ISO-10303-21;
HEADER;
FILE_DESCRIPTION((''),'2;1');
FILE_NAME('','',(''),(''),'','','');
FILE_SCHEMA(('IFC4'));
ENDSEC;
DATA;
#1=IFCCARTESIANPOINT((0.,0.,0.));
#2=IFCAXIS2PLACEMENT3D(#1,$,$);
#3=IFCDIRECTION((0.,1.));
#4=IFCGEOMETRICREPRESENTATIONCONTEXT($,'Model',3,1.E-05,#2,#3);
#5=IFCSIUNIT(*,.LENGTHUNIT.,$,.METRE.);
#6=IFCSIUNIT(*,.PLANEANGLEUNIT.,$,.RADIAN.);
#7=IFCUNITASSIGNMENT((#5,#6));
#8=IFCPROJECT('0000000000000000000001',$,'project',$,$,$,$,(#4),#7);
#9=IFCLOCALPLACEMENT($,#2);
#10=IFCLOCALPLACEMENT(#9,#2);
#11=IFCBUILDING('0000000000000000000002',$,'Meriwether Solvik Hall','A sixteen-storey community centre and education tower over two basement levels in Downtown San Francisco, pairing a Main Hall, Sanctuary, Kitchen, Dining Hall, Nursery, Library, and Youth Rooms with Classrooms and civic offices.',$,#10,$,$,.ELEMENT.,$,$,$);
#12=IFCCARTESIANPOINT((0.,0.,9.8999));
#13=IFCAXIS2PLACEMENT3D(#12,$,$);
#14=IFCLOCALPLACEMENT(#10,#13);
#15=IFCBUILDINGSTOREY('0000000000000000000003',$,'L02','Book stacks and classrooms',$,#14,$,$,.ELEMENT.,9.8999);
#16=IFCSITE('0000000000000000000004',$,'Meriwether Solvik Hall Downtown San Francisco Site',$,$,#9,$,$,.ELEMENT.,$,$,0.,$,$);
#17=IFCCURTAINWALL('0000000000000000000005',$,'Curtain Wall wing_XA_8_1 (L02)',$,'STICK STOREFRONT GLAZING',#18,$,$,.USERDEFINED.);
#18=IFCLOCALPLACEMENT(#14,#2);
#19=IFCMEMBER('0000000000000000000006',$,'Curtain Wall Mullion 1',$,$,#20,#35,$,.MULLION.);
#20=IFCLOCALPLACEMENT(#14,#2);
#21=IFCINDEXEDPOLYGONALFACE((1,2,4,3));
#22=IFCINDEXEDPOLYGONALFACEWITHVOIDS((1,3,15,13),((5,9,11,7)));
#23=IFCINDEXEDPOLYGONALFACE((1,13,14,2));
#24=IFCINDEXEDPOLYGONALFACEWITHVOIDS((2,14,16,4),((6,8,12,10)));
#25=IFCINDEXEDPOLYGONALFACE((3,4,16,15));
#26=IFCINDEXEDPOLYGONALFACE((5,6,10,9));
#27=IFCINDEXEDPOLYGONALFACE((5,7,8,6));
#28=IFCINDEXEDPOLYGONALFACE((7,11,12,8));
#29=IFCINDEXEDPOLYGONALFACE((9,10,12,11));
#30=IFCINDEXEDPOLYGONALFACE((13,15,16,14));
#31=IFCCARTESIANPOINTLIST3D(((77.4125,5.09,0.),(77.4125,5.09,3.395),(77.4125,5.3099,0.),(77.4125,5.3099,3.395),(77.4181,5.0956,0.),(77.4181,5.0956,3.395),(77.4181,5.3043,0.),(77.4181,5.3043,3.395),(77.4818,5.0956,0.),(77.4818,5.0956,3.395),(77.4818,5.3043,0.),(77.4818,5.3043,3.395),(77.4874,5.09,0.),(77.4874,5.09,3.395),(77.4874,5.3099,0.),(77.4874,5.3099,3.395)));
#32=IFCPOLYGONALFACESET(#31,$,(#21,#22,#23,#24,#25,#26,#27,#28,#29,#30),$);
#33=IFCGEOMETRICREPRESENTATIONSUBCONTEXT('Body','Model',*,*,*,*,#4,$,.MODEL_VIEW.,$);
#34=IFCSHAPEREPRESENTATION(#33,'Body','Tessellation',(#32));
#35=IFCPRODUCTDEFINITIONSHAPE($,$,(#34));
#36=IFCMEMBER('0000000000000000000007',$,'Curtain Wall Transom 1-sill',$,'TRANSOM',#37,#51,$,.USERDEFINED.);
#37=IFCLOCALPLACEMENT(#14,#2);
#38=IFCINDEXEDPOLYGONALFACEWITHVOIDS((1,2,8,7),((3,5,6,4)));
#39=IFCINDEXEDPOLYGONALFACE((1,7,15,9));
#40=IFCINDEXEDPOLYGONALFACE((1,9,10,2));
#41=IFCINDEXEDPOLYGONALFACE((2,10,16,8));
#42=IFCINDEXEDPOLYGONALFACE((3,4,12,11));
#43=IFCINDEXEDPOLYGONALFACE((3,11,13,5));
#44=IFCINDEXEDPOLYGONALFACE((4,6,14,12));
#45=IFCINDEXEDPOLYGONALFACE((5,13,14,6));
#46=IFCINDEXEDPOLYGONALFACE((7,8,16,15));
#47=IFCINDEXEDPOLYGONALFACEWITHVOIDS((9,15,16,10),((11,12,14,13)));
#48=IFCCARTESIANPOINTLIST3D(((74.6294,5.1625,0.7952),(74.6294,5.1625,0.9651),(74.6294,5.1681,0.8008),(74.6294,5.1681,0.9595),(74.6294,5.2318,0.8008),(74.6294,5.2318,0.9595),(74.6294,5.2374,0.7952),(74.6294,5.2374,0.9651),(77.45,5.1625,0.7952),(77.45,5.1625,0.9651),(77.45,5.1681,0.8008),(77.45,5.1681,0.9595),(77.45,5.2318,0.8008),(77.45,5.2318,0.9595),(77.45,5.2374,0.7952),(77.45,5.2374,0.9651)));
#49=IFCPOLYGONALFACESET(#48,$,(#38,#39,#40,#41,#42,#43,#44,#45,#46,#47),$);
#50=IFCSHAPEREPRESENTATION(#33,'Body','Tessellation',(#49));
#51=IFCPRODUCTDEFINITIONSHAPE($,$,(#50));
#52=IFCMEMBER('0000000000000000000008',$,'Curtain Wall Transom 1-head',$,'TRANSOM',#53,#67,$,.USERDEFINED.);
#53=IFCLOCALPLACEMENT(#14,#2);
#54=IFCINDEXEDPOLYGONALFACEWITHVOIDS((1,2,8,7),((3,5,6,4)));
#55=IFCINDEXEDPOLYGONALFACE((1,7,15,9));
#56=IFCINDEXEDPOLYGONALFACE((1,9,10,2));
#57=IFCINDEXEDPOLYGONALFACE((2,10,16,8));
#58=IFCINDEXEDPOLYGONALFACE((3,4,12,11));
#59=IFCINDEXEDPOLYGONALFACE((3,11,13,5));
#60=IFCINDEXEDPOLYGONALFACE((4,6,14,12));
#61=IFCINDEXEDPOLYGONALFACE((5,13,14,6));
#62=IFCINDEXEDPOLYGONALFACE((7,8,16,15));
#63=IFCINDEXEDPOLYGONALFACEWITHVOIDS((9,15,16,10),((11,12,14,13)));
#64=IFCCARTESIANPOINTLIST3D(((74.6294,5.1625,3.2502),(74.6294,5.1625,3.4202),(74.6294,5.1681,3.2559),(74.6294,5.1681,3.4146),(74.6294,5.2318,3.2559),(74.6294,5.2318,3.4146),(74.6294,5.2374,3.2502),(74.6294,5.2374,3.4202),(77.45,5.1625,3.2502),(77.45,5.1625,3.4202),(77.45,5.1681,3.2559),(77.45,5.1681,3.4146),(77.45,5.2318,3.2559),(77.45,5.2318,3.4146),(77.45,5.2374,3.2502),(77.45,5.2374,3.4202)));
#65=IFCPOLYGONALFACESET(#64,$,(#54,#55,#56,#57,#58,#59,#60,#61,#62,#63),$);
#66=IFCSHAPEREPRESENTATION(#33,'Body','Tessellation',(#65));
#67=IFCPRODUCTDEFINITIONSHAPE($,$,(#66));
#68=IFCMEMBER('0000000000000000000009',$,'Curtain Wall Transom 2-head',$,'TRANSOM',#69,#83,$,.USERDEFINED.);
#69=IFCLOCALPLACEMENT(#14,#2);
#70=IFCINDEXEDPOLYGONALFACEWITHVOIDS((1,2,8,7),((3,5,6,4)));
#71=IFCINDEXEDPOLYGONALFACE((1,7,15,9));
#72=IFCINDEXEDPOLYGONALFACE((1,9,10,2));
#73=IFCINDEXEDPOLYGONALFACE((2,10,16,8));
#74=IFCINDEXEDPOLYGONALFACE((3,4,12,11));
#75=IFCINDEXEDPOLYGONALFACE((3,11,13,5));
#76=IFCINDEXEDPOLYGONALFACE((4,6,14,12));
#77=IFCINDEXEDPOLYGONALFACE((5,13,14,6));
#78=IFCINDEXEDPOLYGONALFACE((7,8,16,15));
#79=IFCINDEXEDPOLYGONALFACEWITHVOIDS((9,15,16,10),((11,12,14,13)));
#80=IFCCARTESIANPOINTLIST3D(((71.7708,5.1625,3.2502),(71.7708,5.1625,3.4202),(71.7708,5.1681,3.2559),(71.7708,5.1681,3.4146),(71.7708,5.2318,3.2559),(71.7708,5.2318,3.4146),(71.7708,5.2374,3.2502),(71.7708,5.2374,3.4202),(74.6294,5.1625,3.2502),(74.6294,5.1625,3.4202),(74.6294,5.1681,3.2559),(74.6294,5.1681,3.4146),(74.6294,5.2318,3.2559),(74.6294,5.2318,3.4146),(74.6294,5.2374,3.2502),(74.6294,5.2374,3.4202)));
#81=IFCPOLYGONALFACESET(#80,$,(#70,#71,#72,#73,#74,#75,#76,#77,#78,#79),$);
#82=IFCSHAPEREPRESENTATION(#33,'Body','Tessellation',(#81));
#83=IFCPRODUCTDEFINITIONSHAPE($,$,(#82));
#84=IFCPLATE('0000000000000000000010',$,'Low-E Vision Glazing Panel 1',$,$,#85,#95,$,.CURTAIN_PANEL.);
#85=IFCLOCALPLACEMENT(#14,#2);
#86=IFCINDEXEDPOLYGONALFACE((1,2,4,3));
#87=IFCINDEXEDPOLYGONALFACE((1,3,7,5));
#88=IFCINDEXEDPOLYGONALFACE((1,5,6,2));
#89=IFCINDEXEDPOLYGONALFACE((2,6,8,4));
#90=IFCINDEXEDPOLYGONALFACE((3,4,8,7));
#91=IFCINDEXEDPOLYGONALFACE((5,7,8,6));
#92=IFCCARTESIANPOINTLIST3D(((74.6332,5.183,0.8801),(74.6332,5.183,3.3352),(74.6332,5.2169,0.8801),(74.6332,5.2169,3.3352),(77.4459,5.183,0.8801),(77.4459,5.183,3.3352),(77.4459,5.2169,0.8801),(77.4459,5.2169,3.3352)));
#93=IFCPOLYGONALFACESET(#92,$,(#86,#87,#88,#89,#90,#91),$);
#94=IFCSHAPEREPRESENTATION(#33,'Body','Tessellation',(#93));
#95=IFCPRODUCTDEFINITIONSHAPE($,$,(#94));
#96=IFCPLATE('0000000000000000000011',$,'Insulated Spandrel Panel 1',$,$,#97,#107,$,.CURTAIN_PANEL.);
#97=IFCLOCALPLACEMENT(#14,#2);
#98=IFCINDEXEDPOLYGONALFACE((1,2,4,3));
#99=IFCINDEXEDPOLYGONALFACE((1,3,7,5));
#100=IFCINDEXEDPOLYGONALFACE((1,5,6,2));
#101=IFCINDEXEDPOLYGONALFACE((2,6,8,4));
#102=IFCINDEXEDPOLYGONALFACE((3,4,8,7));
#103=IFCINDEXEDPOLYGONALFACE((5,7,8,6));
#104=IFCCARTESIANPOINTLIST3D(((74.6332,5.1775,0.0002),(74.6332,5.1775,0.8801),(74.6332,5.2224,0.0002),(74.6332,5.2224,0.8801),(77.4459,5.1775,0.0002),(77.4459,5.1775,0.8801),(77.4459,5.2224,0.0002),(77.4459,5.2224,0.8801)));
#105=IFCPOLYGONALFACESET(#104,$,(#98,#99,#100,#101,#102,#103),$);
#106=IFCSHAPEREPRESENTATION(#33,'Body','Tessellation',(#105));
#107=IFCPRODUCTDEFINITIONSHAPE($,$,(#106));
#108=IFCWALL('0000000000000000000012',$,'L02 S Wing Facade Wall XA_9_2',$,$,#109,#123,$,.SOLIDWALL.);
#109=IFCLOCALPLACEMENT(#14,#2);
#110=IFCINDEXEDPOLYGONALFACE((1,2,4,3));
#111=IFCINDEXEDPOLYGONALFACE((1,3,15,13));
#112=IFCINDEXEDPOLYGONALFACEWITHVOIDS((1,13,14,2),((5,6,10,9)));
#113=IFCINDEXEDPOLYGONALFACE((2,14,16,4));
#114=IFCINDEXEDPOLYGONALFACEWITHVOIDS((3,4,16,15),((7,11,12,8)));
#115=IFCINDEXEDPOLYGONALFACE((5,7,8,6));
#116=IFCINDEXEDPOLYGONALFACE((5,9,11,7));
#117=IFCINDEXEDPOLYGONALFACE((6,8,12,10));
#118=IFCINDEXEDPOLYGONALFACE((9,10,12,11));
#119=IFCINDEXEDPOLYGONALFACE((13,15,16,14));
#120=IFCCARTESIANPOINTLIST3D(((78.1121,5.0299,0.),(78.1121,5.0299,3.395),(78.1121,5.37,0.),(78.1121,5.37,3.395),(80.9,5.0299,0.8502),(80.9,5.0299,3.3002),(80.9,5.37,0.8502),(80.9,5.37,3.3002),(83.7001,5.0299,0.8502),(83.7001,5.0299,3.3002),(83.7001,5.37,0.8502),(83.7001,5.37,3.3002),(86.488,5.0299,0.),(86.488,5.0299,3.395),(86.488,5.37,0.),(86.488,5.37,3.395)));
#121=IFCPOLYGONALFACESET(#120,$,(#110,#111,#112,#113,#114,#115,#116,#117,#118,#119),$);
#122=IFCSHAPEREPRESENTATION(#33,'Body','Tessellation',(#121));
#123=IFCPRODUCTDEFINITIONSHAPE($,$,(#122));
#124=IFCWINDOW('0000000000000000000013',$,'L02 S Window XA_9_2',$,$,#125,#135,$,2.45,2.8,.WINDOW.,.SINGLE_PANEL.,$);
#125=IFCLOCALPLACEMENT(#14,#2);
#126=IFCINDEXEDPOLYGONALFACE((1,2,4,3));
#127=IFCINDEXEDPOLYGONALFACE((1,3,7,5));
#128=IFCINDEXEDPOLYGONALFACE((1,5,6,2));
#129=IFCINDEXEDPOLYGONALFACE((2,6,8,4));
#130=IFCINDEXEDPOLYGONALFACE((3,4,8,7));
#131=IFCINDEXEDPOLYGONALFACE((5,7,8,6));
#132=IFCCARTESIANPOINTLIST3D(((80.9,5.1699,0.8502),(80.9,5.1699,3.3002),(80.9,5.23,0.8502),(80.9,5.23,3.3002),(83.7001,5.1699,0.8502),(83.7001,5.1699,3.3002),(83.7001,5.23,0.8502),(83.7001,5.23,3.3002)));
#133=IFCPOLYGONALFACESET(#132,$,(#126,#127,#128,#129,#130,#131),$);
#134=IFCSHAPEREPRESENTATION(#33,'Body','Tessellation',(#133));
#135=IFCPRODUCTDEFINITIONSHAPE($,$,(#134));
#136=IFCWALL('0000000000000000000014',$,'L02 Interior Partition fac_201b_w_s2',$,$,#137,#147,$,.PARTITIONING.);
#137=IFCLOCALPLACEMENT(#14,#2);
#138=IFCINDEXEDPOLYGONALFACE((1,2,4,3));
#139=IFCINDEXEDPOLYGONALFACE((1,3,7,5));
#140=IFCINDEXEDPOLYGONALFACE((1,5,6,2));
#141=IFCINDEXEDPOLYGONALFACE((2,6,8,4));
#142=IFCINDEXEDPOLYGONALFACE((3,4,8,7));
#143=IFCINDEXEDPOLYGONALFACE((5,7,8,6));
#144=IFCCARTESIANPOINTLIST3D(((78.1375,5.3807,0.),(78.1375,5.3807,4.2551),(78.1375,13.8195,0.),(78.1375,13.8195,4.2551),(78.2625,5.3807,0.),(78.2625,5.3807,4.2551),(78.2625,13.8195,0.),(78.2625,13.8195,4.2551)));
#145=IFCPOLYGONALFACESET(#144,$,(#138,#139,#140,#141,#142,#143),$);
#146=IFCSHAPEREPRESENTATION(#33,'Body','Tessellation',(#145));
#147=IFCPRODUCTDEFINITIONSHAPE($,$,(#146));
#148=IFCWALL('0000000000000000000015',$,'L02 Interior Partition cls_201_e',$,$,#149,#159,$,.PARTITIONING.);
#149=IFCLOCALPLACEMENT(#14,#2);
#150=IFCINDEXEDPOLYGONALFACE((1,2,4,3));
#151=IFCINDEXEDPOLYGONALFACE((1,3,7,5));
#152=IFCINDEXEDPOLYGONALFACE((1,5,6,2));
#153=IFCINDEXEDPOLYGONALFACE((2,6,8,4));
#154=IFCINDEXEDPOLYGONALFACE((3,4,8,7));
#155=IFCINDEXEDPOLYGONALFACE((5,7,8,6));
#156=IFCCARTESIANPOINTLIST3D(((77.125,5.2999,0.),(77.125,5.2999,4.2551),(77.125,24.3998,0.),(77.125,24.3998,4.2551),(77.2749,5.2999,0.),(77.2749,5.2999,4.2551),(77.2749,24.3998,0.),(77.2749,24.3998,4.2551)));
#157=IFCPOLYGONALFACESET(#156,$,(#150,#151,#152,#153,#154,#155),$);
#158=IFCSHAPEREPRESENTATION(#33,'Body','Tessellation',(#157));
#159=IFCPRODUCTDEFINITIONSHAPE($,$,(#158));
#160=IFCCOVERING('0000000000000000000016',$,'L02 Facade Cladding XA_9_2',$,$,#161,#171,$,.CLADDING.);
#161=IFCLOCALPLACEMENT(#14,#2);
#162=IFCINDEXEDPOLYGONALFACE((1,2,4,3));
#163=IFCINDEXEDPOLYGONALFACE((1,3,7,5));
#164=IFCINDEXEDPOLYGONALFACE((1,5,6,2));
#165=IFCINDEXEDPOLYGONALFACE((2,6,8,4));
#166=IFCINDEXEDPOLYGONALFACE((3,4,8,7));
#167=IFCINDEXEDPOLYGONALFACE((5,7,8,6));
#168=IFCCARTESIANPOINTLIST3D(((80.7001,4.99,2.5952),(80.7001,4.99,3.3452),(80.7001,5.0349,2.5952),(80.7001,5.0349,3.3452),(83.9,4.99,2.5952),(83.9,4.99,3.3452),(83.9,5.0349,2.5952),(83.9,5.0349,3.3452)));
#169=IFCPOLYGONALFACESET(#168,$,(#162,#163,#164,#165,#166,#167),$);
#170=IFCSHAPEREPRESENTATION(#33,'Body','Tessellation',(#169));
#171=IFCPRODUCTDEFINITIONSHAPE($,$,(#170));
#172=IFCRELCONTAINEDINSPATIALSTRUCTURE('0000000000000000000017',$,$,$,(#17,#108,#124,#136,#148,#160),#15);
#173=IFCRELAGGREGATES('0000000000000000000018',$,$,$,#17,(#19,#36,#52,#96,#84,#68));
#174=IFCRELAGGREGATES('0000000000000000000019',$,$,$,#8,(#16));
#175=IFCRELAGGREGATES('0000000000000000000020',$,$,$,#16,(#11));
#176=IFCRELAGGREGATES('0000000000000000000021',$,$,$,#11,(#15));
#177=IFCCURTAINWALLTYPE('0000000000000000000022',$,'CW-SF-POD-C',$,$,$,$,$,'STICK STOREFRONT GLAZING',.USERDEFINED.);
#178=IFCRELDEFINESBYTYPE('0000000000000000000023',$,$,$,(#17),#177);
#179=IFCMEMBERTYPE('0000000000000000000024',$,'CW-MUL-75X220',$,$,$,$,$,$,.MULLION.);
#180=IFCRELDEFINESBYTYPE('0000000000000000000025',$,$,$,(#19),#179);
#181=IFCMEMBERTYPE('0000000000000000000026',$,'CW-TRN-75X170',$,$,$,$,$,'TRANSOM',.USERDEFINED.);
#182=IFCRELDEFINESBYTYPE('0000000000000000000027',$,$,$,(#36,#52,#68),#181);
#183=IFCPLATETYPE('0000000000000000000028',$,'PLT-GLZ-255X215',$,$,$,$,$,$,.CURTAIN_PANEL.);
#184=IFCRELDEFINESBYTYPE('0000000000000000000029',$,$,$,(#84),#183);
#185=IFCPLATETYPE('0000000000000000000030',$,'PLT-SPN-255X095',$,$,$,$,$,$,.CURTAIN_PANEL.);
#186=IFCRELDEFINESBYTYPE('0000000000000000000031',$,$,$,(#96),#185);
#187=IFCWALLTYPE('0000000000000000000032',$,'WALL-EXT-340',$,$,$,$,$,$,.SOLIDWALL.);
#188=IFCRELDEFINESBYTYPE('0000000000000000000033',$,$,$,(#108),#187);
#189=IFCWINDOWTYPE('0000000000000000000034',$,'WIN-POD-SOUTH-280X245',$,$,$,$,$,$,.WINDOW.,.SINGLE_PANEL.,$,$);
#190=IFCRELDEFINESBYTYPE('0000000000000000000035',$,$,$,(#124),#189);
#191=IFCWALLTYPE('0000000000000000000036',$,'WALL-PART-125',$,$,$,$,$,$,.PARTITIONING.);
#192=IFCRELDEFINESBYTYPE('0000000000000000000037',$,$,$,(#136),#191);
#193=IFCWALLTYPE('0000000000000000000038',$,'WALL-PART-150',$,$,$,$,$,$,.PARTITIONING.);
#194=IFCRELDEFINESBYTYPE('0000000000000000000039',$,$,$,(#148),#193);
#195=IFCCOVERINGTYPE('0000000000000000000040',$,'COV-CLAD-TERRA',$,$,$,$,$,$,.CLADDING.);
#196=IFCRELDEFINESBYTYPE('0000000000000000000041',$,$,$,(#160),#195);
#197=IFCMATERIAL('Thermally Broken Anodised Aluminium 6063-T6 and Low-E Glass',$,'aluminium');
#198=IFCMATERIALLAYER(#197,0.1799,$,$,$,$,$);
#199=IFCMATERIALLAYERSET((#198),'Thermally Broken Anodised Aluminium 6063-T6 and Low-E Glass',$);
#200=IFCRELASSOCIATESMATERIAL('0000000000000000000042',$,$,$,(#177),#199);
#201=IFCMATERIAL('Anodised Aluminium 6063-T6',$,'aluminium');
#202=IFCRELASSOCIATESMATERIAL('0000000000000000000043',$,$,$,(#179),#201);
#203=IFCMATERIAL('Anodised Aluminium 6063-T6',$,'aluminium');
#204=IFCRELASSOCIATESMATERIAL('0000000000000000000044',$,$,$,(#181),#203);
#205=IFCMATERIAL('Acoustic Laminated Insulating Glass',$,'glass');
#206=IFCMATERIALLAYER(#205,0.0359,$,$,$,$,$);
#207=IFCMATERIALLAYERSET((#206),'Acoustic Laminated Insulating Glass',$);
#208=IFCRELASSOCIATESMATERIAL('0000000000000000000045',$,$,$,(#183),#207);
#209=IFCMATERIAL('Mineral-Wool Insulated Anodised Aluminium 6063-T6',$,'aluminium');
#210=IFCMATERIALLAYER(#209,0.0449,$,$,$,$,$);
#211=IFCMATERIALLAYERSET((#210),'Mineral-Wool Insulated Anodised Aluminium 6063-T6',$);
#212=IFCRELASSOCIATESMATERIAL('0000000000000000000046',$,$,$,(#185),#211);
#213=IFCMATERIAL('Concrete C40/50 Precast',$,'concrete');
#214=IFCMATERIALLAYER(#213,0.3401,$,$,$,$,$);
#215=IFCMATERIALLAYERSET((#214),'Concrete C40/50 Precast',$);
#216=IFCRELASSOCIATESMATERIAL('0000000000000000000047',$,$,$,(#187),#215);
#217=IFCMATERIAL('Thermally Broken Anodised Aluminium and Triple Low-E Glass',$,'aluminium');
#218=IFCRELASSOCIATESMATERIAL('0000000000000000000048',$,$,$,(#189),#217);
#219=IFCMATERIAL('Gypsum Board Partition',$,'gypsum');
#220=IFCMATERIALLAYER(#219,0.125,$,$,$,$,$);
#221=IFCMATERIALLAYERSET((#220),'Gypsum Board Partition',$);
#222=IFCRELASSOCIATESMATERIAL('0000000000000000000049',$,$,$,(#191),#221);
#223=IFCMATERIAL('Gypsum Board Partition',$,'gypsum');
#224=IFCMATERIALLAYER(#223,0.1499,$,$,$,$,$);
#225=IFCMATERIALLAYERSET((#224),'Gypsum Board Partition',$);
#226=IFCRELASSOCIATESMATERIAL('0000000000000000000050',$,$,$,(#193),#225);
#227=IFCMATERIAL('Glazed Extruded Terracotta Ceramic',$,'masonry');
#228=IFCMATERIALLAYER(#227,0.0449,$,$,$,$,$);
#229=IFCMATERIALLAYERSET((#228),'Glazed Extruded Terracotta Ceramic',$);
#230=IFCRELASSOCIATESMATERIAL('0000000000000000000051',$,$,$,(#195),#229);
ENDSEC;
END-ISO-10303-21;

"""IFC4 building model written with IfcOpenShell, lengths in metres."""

from ifc_helpers import new_model, si_unit, direction, frame, frame_2d, origin, origin_2d, place, context, subcontext, project, spatial, rectangle, hollow_rectangle, extrude, material, layer, layer_set, material_profile, profile_set, type_object, element, fill, aggregate, save


model = new_model("IFC4")

# Units and contexts
model_context = context("Model", 3, precision=1e-05, world=origin(), true_north=direction((0.0, 1.0)))
body_context = subcontext(model_context, "Body", "Model", "MODEL_VIEW")
ifc_project = project(units=[si_unit("LENGTHUNIT", "METRE"), si_unit("PLANEANGLEUNIT", "RADIAN")], contexts=[model_context])

# Site, building, storey
site_placement = place(None, origin())
site = spatial("IfcSite", under=ifc_project, at=site_placement, Name="Meriwether Solvik Hall Downtown San Francisco Site", CompositionType="ELEMENT", RefElevation=0.0)
building_placement = place(site_placement, origin())
building = spatial("IfcBuilding", under=site, at=building_placement, Name="Meriwether Solvik Hall", Description="A sixteen-storey community centre and education tower over two basement levels in Downtown San Francisco, pairing a Main Hall, Sanctuary, Kitchen, Dining Hall, Nursery, Library, and Youth Rooms with Classrooms and civic offices.", CompositionType="ELEMENT")
storey_placement = place(building_placement, frame((0.0, 0.0, 9.8999)))
storey = spatial("IfcBuildingStorey", under=building, at=storey_placement, Name="L02", Description="Book stacks and classrooms", CompositionType="ELEMENT", Elevation=9.8999)

# Curtain wall, members, plates
ifc_material_1 = material(Name="Thermally Broken Anodised Aluminium 6063-T6 and Low-E Glass", Category="aluminium")
ifc_layer_1 = layer(ifc_material_1, 0.1799)
ifc_layer_set_1 = layer_set([ifc_layer_1], Name="Thermally Broken Anodised Aluminium 6063-T6 and Low-E Glass")
curtain_wall_type = type_object("IfcCurtainWallType", Name="CW-SF-POD-C", ElementType="STICK STOREFRONT GLAZING", PredefinedType="USERDEFINED", material=ifc_layer_set_1)
curtain_wall_placement = place(storey_placement, origin())
curtain_wall = element("IfcCurtainWall", 1, at=curtain_wall_placement, inside=storey, type_object=curtain_wall_type, Name="Curtain Wall wing_XA_8_1 (L02)", ObjectType="STICK STOREFRONT GLAZING", PredefinedType="USERDEFINED")
ifc_material_2 = material(Name="Anodised Aluminium 6063-T6", Category="aluminium")
ifc_material_profile_1 = material_profile(ifc_material_2, hollow_rectangle(XDim=0.075, YDim=0.22, WallThickness=0.0056, at=origin_2d()), Name="CWM-75X220")
ifc_profile_set_1 = profile_set([ifc_material_profile_1], Name="Anodised Aluminium 6063-T6")
member_type_1 = type_object("IfcMemberType", Name="CW-MUL-75X220", PredefinedType="MULLION", material=ifc_profile_set_1)
member_1_placement = place(storey_placement, frame((77.45, 5.2, 0.0), z_axis=(0.0, 0.0, 1.0), x_axis=(-1.0, 0.0, 0.0)))
member_1 = element("IfcMember", 2, at=member_1_placement, type_object=member_type_1, Name="Curtain Wall Mullion 1", PredefinedType="MULLION", context=body_context, shape_type="SweptSolid", body=[
    extrude(hollow_rectangle(XDim=0.075, YDim=0.22, WallThickness=0.0056, at=origin_2d()), origin(), (0.0, 0.0, 1.0), 3.395),
])
ifc_material_3 = material(Name="Anodised Aluminium 6063-T6", Category="aluminium")
ifc_material_profile_2 = material_profile(ifc_material_3, hollow_rectangle(XDim=0.075, YDim=0.1699, WallThickness=0.0056, at=origin_2d()), Name="CWT-75X170")
ifc_profile_set_2 = profile_set([ifc_material_profile_2], Name="Anodised Aluminium 6063-T6")
member_type_2 = type_object("IfcMemberType", Name="CW-TRN-75X170", ElementType="TRANSOM", PredefinedType="USERDEFINED", material=ifc_profile_set_2)
member_2_placement = place(storey_placement, frame((77.45, 5.2, 0.8801), z_axis=(-1.0, 0.0, 0.0), x_axis=(0.0, -1.0, 0.0)))
member_2 = element("IfcMember", 3, at=member_2_placement, type_object=member_type_2, Name="Curtain Wall Transom 1-sill", ObjectType="TRANSOM", PredefinedType="USERDEFINED", context=body_context, shape_type="SweptSolid", body=[
    extrude(hollow_rectangle(XDim=0.075, YDim=0.1699, WallThickness=0.0056, at=origin_2d()), origin(), (0.0, 0.0, 1.0), 2.8206),
])
member_3_placement = place(storey_placement, frame((77.45, 5.2, 3.3352), z_axis=(-1.0, 0.0, 0.0), x_axis=(0.0, -1.0, 0.0)))
member_3 = element("IfcMember", 4, at=member_3_placement, type_object=member_type_2, Name="Curtain Wall Transom 1-head", ObjectType="TRANSOM", PredefinedType="USERDEFINED", context=body_context, shape_type="SweptSolid", body=[
    extrude(hollow_rectangle(XDim=0.075, YDim=0.1699, WallThickness=0.0056, at=origin_2d()), origin(), (0.0, 0.0, 1.0), 2.8206),
])
member_4_placement = place(storey_placement, frame((74.6294, 5.2, 3.3352), z_axis=(-1.0, 0.0, 0.0), x_axis=(0.0, -1.0, 0.0)))
member_4 = element("IfcMember", 5, at=member_4_placement, type_object=member_type_2, Name="Curtain Wall Transom 2-head", ObjectType="TRANSOM", PredefinedType="USERDEFINED", context=body_context, shape_type="SweptSolid", body=[
    extrude(hollow_rectangle(XDim=0.075, YDim=0.1699, WallThickness=0.0056, at=origin_2d()), origin(), (0.0, 0.0, 1.0), 2.8586),
])
ifc_material_4 = material(Name="Acoustic Laminated Insulating Glass", Category="glass")
ifc_layer_2 = layer(ifc_material_4, 0.0359)
ifc_layer_set_2 = layer_set([ifc_layer_2], Name="Acoustic Laminated Insulating Glass")
plate_type_1 = type_object("IfcPlateType", Name="PLT-GLZ-255X215", PredefinedType="CURTAIN_PANEL", material=ifc_layer_set_2)
plate_1_placement = place(storey_placement, frame((76.0396, 5.2, 0.8801), z_axis=(0.0, 0.0, 1.0), x_axis=(-1.0, 0.0, 0.0)))
plate_1 = element("IfcPlate", 6, at=plate_1_placement, type_object=plate_type_1, Name="Low-E Vision Glazing Panel 1", PredefinedType="CURTAIN_PANEL", context=body_context, shape_type="SweptSolid", body=[
    extrude(rectangle(XDim=2.8127, YDim=0.0339, at=origin_2d()), origin(), (0.0, 0.0, 1.0), 2.4551),
])
ifc_material_5 = material(Name="Mineral-Wool Insulated Anodised Aluminium 6063-T6", Category="aluminium")
ifc_layer_3 = layer(ifc_material_5, 0.0449)
ifc_layer_set_3 = layer_set([ifc_layer_3], Name="Mineral-Wool Insulated Anodised Aluminium 6063-T6")
plate_type_2 = type_object("IfcPlateType", Name="PLT-SPN-255X095", PredefinedType="CURTAIN_PANEL", material=ifc_layer_set_3)
plate_2_placement = place(storey_placement, frame((76.0396, 5.2, 0.0002), z_axis=(0.0, 0.0, 1.0), x_axis=(-1.0, 0.0, 0.0)))
plate_2 = element("IfcPlate", 7, at=plate_2_placement, type_object=plate_type_2, Name="Insulated Spandrel Panel 1", PredefinedType="CURTAIN_PANEL", context=body_context, shape_type="SweptSolid", body=[
    extrude(rectangle(XDim=2.8127, YDim=0.0449, at=origin_2d()), origin(), (0.0, 0.0, 1.0), 0.8799),
])
aggregate(curtain_wall, [member_1, member_2, member_3, plate_2, plate_1, member_4])

# Wall, opening, window
ifc_material_6 = material(Name="Concrete C40/50 Precast", Category="concrete")
ifc_layer_4 = layer(ifc_material_6, 0.3401)
ifc_layer_set_4 = layer_set([ifc_layer_4], Name="Concrete C40/50 Precast")
wall_type_1 = type_object("IfcWallType", Name="WALL-EXT-340", PredefinedType="SOLIDWALL", material=ifc_layer_set_4)
wall_1_placement = place(storey_placement, frame((86.488, 5.2, 0.0), z_axis=(0.0, 0.0, 1.0), x_axis=(-1.0, 0.0, 0.0)))
wall_1 = element("IfcWall", 8, at=wall_1_placement, inside=storey, type_object=wall_type_1, Name="L02 S Wing Facade Wall XA_9_2", PredefinedType="SOLIDWALL", context=body_context, shape_type="SweptSolid", body=[
    extrude(rectangle(XDim=8.376, YDim=0.3401, at=frame_2d((4.188, 0.0))), origin(), (0.0, 0.0, 1.0), 3.395),
])
opening_placement = place(wall_1_placement, frame((2.7881, 0.0, 0.8501)))
opening = element("IfcOpeningElement", 9, at=opening_placement, cuts=wall_1, PredefinedType="OPENING", context=body_context, shape_type="SweptSolid", body=[
    extrude(rectangle(XDim=2.8, YDim=2.45, at=frame_2d((1.3999, 1.2251))), frame((0.0, 0.1821, 0.0), z_axis=(0.0, -1.0, 0.0), x_axis=(1.0, 0.0, 0.0)), (0.0, 0.0, 1.0), 0.364),
])
ifc_material_7 = material(Name="Thermally Broken Anodised Aluminium and Triple Low-E Glass", Category="aluminium")
window_type = type_object("IfcWindowType", Name="WIN-POD-SOUTH-280X245", PartitioningType="SINGLE_PANEL", PredefinedType="WINDOW", material=ifc_material_7)
window_placement = place(opening_placement, origin())
window = element("IfcWindow", 10, at=window_placement, inside=storey, type_object=window_type, Name="L02 S Window XA_9_2", OverallHeight=2.45, OverallWidth=2.8, PartitioningType="SINGLE_PANEL", PredefinedType="WINDOW", context=body_context, shape_type="SweptSolid", body=[
    extrude(rectangle(XDim=2.8, YDim=2.45, at=frame_2d((1.3999, 1.2251))), frame((0.0, 0.03, 0.0), z_axis=(0.0, -1.0, 0.0), x_axis=(1.0, 0.0, 0.0)), (0.0, 0.0, 1.0), 0.0601),
])
fill(opening, window)

# Walls
ifc_material_8 = material(Name="Gypsum Board Partition", Category="gypsum")
ifc_layer_5 = layer(ifc_material_8, 0.125)
ifc_layer_set_5 = layer_set([ifc_layer_5], Name="Gypsum Board Partition")
wall_type_2 = type_object("IfcWallType", Name="WALL-PART-125", PredefinedType="PARTITIONING", material=ifc_layer_set_5)
wall_2_placement = place(storey_placement, frame((78.2, 13.8193, 0.0), z_axis=(0.0, 0.0, 1.0), x_axis=(0.0, -1.0, 0.0)))
element("IfcWall", 11, at=wall_2_placement, inside=storey, type_object=wall_type_2, Name="L02 Interior Partition fac_201b_w_s2", PredefinedType="PARTITIONING", context=body_context, shape_type="SweptSolid", body=[
    extrude(rectangle(XDim=8.4387, YDim=0.125, at=frame_2d((4.2192, 0.0))), origin(), (0.0, 0.0, 1.0), 4.2551),
])
ifc_material_9 = material(Name="Gypsum Board Partition", Category="gypsum")
ifc_layer_6 = layer(ifc_material_9, 0.1499)
ifc_layer_set_6 = layer_set([ifc_layer_6], Name="Gypsum Board Partition")
wall_type_3 = type_object("IfcWallType", Name="WALL-PART-150", PredefinedType="PARTITIONING", material=ifc_layer_set_6)
wall_3_placement = place(storey_placement, frame((77.2, 5.3, 0.0), z_axis=(0.0, 0.0, 1.0), x_axis=(0.0, 1.0, 0.0)))
element("IfcWall", 12, at=wall_3_placement, inside=storey, type_object=wall_type_3, Name="L02 Interior Partition cls_201_e", PredefinedType="PARTITIONING", context=body_context, shape_type="SweptSolid", body=[
    extrude(rectangle(XDim=19.0999, YDim=0.1499, at=frame_2d((9.5498, 0.0))), origin(), (0.0, 0.0, 1.0), 4.2551),
])

# Covering
ifc_material_10 = material(Name="Glazed Extruded Terracotta Ceramic", Category="masonry")
ifc_layer_7 = layer(ifc_material_10, 0.0449)
ifc_layer_set_7 = layer_set([ifc_layer_7], Name="Glazed Extruded Terracotta Ceramic")
covering_type = type_object("IfcCoveringType", Name="COV-CLAD-TERRA", PredefinedType="CLADDING", material=ifc_layer_set_7)
covering_placement = place(storey_placement, frame((82.3, 5.0125, 2.5952), z_axis=(0.0, 0.0, 1.0), x_axis=(-1.0, 0.0, 0.0)))
element("IfcCovering", 13, at=covering_placement, inside=storey, type_object=covering_type, Name="L02 Facade Cladding XA_9_2", PredefinedType="CLADDING", context=body_context, shape_type="SweptSolid", body=[
    extrude(rectangle(XDim=3.2, YDim=0.0449, at=origin_2d()), origin(), (0.0, 0.0, 1.0), 0.75),
])

save(model, "model.ifc")
